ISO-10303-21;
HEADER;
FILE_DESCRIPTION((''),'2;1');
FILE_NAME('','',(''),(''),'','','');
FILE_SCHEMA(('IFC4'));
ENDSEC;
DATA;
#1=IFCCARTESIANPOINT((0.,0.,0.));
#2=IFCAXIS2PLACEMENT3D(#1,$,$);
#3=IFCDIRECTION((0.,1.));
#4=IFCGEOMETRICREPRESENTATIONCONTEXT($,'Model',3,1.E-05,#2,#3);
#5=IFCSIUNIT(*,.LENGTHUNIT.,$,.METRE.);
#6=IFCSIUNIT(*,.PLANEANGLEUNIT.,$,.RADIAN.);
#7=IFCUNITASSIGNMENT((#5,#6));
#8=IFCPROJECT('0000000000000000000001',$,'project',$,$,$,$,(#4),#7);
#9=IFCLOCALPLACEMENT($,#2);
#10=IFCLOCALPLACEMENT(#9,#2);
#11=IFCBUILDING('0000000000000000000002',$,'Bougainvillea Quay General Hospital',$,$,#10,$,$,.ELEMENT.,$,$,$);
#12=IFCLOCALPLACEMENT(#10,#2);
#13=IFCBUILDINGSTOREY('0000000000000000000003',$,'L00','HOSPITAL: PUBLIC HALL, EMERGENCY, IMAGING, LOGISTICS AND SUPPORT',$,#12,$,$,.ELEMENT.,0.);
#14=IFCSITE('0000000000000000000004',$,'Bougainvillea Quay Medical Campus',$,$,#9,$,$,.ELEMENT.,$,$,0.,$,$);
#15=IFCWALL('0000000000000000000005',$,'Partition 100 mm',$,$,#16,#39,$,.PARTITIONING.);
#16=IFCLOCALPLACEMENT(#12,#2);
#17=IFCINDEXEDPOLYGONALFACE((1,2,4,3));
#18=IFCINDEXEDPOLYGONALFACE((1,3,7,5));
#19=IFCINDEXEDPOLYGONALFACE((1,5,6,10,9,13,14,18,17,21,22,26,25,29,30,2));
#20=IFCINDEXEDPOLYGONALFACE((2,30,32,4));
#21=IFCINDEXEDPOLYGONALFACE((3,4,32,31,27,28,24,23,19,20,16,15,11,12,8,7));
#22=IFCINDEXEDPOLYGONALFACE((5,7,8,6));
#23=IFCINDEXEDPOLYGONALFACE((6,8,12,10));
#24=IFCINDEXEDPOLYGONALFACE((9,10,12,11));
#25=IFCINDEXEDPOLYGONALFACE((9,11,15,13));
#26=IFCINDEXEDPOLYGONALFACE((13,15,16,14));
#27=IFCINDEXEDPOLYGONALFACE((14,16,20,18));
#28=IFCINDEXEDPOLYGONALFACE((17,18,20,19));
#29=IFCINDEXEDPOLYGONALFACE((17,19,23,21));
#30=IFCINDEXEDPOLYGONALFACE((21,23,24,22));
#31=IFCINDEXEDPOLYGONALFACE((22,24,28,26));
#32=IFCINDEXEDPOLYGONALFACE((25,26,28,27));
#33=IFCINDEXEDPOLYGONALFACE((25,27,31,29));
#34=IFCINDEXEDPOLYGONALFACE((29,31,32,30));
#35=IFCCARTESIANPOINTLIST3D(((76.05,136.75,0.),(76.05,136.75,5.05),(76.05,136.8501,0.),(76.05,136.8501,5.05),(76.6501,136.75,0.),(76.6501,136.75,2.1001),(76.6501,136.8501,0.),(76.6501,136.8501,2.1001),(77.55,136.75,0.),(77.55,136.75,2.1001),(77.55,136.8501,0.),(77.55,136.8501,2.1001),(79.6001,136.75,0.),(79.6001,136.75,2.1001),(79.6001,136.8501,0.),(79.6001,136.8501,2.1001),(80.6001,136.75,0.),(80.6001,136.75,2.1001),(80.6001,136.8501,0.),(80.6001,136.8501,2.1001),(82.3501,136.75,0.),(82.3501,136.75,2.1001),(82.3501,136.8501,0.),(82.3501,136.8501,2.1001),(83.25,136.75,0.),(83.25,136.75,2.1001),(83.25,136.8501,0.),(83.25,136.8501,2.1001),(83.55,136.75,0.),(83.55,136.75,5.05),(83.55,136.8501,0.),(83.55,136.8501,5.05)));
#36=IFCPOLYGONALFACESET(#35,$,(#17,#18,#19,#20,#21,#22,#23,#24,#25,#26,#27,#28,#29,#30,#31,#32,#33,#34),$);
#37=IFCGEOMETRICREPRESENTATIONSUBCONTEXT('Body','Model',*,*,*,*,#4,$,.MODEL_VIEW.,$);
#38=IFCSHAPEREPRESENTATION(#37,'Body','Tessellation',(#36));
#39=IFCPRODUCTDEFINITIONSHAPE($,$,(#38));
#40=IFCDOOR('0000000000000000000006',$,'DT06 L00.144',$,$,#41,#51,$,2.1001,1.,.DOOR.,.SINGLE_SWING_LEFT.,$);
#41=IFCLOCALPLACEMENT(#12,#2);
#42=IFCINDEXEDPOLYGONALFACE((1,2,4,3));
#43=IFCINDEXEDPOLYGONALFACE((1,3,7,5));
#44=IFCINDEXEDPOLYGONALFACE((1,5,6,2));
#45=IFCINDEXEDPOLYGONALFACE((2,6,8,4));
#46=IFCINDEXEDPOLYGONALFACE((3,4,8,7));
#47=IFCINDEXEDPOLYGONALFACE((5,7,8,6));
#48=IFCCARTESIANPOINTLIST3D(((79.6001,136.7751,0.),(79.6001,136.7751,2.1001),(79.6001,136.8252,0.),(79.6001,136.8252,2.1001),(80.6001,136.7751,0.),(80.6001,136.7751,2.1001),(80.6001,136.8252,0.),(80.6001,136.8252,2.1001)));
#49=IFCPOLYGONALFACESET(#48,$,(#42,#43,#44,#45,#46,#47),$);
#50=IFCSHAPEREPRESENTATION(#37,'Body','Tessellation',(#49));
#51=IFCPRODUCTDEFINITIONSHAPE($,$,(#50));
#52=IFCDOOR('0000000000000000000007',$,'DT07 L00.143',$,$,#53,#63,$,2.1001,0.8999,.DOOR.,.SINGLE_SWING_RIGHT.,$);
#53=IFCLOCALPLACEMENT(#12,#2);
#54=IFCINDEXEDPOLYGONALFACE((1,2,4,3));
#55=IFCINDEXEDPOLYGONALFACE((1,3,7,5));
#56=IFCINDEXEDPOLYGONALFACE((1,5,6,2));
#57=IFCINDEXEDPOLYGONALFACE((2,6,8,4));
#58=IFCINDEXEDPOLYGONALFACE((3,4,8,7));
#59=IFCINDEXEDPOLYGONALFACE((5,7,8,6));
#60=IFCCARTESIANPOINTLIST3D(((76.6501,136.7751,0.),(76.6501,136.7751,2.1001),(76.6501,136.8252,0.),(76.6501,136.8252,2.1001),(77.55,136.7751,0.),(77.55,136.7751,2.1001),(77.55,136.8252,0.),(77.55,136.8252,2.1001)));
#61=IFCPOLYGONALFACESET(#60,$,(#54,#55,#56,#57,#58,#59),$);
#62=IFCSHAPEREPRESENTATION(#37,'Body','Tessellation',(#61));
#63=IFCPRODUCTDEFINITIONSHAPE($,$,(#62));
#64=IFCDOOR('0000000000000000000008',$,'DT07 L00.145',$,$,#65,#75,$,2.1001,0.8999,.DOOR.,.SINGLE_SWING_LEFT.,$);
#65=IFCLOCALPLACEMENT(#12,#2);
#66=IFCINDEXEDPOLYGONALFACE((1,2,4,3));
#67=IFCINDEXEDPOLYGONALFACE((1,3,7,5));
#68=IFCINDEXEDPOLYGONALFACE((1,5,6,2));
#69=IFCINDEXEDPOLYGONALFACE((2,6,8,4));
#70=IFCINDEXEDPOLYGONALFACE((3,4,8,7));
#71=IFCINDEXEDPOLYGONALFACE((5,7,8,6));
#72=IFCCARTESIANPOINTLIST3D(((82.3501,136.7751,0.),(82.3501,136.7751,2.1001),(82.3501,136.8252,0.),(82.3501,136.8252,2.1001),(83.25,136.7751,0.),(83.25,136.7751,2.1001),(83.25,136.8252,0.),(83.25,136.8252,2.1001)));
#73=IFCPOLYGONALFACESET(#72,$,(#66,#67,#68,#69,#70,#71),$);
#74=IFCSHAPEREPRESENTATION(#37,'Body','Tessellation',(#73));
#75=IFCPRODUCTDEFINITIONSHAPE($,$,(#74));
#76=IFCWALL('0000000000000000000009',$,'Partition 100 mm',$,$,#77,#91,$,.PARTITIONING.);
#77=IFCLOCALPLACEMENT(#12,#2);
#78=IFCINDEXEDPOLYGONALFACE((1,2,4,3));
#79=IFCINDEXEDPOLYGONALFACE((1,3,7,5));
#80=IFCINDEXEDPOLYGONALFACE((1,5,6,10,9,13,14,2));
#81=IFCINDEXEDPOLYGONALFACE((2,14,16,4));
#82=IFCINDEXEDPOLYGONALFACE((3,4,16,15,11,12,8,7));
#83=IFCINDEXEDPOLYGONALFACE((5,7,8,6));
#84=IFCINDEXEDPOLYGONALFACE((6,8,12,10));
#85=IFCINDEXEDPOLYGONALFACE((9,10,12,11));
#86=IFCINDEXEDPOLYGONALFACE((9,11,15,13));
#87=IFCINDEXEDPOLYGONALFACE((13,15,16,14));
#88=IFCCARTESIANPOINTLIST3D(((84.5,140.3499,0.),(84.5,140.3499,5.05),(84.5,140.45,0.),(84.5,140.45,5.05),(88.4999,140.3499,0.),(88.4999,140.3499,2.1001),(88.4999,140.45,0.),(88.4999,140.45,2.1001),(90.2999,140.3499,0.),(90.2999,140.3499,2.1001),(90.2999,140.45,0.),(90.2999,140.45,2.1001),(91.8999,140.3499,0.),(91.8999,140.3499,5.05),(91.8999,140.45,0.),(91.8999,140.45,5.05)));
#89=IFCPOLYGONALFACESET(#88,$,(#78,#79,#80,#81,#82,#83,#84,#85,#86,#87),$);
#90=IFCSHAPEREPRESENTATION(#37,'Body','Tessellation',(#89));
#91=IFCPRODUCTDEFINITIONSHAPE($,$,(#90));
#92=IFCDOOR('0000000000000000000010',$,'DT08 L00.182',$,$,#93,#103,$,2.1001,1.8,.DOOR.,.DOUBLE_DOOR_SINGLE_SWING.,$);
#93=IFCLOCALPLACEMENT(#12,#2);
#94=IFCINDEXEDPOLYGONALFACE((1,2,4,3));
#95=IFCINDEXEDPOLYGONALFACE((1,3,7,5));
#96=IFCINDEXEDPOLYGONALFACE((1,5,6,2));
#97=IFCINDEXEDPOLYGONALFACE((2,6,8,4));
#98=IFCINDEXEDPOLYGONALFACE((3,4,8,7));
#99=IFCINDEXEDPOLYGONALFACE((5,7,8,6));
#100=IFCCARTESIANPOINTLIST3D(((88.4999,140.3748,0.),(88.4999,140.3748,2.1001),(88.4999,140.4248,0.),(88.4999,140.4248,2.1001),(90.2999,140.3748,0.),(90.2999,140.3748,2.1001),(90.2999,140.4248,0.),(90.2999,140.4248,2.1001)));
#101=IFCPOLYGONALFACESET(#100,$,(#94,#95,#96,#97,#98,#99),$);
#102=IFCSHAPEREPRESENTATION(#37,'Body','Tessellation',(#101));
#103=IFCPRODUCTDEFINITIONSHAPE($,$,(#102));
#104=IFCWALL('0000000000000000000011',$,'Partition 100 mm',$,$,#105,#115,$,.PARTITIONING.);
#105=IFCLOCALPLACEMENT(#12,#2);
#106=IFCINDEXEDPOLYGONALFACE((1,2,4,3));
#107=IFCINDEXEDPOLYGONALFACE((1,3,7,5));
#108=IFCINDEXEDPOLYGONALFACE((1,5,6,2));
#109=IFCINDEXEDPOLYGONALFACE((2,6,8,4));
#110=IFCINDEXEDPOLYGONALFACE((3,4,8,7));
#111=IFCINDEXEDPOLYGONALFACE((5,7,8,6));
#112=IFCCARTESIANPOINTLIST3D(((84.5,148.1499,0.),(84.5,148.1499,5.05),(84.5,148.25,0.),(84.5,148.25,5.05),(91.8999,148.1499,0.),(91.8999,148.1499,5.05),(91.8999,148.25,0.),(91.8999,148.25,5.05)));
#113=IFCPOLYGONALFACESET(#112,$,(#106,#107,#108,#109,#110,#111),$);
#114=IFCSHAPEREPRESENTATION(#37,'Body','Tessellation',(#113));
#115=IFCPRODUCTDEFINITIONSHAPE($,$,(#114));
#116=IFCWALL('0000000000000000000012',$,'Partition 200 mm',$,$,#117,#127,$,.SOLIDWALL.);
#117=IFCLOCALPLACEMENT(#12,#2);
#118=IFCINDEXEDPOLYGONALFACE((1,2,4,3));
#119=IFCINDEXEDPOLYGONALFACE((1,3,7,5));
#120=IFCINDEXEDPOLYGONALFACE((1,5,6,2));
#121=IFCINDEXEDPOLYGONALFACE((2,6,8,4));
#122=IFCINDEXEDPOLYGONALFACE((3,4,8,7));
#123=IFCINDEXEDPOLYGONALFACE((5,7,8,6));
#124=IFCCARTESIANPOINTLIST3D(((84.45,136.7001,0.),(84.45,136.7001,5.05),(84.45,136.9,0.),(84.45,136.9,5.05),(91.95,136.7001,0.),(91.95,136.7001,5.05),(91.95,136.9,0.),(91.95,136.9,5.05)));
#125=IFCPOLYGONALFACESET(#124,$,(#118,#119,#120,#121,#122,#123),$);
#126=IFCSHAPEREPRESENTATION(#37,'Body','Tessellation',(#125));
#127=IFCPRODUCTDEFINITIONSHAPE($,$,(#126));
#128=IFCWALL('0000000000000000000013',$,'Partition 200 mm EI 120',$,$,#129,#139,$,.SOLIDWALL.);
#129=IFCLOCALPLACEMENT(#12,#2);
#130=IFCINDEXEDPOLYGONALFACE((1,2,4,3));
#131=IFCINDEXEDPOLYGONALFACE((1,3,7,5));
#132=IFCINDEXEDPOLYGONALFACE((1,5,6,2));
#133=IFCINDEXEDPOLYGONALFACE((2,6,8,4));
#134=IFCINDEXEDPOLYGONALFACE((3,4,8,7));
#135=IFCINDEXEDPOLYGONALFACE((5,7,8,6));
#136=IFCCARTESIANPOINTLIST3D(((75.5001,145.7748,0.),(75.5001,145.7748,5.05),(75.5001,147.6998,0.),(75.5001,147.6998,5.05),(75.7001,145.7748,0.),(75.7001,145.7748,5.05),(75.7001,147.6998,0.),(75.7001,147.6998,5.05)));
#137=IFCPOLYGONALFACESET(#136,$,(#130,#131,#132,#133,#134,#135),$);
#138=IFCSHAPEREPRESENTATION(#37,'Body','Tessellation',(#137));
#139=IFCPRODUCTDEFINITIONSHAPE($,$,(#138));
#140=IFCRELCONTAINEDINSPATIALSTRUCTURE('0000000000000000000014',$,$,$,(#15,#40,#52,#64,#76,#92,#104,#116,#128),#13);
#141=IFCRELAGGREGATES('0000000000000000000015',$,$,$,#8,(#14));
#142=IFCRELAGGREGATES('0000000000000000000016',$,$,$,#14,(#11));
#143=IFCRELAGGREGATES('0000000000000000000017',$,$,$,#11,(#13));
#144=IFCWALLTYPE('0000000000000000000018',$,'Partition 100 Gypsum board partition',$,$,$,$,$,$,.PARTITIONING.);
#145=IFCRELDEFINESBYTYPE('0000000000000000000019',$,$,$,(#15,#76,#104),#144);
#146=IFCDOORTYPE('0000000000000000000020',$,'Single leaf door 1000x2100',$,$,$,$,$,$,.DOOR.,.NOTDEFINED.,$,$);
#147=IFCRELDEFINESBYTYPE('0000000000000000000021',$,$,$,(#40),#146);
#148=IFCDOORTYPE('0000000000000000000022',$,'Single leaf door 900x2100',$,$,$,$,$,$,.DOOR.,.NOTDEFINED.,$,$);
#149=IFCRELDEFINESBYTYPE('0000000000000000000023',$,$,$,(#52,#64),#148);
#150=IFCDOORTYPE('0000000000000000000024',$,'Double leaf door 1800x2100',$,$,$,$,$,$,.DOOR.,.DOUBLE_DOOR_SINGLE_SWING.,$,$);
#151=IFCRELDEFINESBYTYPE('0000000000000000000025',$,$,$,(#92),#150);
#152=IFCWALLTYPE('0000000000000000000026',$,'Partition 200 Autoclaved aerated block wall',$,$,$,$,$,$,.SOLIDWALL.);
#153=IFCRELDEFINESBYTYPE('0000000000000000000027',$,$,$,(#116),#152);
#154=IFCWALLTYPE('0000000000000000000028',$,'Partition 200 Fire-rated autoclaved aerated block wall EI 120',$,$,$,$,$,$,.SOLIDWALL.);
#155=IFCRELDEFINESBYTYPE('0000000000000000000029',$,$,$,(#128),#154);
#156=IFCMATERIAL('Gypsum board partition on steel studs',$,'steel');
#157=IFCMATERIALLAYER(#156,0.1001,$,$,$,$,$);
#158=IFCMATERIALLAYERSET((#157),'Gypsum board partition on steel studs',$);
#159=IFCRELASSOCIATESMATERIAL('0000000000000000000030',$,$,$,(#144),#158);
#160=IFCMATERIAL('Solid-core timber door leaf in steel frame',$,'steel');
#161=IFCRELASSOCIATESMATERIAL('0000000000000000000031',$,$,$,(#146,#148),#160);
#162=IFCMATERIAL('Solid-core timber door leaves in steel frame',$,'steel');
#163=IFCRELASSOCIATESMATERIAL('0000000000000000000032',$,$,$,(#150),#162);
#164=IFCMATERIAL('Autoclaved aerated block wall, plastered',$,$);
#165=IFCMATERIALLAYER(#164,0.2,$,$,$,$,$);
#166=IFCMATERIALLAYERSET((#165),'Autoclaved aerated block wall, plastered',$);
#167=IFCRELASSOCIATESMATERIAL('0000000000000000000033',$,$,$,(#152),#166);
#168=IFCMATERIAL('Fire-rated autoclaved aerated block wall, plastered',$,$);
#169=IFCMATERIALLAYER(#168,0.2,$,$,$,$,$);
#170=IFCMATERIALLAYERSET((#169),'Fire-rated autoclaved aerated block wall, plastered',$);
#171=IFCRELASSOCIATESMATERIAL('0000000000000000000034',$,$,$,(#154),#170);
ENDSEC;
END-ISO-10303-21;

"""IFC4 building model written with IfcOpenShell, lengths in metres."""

from ifc_helpers import new_model, si_unit, direction, frame, frame_2d, origin, place, context, subcontext, project, spatial, rectangle, extrude, material, layer, layer_set, type_object, element, fill, save


model = new_model("IFC4")

# Units and contexts
model_context = context("Model", 3, precision=1e-05, world=origin(), true_north=direction((0.0, 1.0)))
body_context = subcontext(model_context, "Body", "Model", "MODEL_VIEW")
ifc_project = project(units=[si_unit("LENGTHUNIT", "METRE"), si_unit("PLANEANGLEUNIT", "RADIAN")], contexts=[model_context])

# Site, building, storey
site_placement = place(None, origin())
site = spatial("IfcSite", under=ifc_project, at=site_placement, Name="Bougainvillea Quay Medical Campus", CompositionType="ELEMENT", RefElevation=0.0)
building_placement = place(site_placement, origin())
building = spatial("IfcBuilding", under=site, at=building_placement, Name="Bougainvillea Quay General Hospital", CompositionType="ELEMENT")
storey_placement = place(building_placement, origin())
storey = spatial("IfcBuildingStorey", under=building, at=storey_placement, Name="L00", Description="HOSPITAL: PUBLIC HALL, EMERGENCY, IMAGING, LOGISTICS AND SUPPORT", CompositionType="ELEMENT", Elevation=0.0)

# Wall, openings, doors
ifc_material_1 = material(Name="Gypsum board partition on steel studs", Category="steel")
ifc_layer_1 = layer(ifc_material_1, 0.1001)
ifc_layer_set_1 = layer_set([ifc_layer_1], Name="Gypsum board partition on steel studs")
wall_type_1 = type_object("IfcWallType", Name="Partition 100 Gypsum board partition", PredefinedType="PARTITIONING", material=ifc_layer_set_1)
wall_1_placement = place(storey_placement, frame((83.55, 136.8, 0.0), z_axis=(0.0, 0.0, 1.0), x_axis=(-1.0, 0.0, 0.0)))
wall_1 = element("IfcWall", 1, at=wall_1_placement, inside=storey, type_object=wall_type_1, Name="Partition 100 mm", PredefinedType="PARTITIONING", context=body_context, shape_type="SweptSolid", body=[
    extrude(rectangle(XDim=7.5, YDim=0.1001, at=frame_2d((3.75, 0.0))), origin(), (0.0, 0.0, 1.0), 5.05),
])
opening_1_placement = place(wall_1_placement, frame((6.0, 0.0, 0.0)))
opening_1 = element("IfcOpeningElement", 2, at=opening_1_placement, cuts=wall_1, PredefinedType="OPENING", context=body_context, shape_type="SweptSolid", body=[
    extrude(rectangle(XDim=0.8999, YDim=2.1001, at=frame_2d((0.45, 1.05))), frame((0.0, 0.0601, 0.0), z_axis=(0.0, -1.0, 0.0), x_axis=(1.0, 0.0, 0.0)), (0.0, 0.0, 1.0), 0.1201),
])
opening_2_placement = place(wall_1_placement, frame((2.95, 0.0, 0.0)))
opening_2 = element("IfcOpeningElement", 3, at=opening_2_placement, cuts=wall_1, PredefinedType="OPENING", context=body_context, shape_type="SweptSolid", body=[
    extrude(rectangle(XDim=1.0, YDim=2.1001, at=frame_2d((0.5, 1.05))), frame((0.0, 0.0601, 0.0), z_axis=(0.0, -1.0, 0.0), x_axis=(1.0, 0.0, 0.0)), (0.0, 0.0, 1.0), 0.1201),
])
opening_3_placement = place(wall_1_placement, frame((0.3, 0.0, 0.0)))
opening_3 = element("IfcOpeningElement", 4, at=opening_3_placement, cuts=wall_1, PredefinedType="OPENING", context=body_context, shape_type="SweptSolid", body=[
    extrude(rectangle(XDim=0.8999, YDim=2.1001, at=frame_2d((0.45, 1.05))), frame((0.0, 0.0601, 0.0), z_axis=(0.0, -1.0, 0.0), x_axis=(1.0, 0.0, 0.0)), (0.0, 0.0, 1.0), 0.1201),
])
ifc_material_2 = material(Name="Solid-core timber door leaf in steel frame", Category="steel")
door_type_1 = type_object("IfcDoorType", Name="Single leaf door 1000x2100", OperationType="NOTDEFINED", PredefinedType="DOOR", material=ifc_material_2)
door_1_placement = place(opening_2_placement, origin())
door_1 = element("IfcDoor", 5, at=door_1_placement, inside=storey, type_object=door_type_1, Name="DT06 L00.144", OperationType="SINGLE_SWING_LEFT", OverallHeight=2.1001, OverallWidth=1.0, PredefinedType="DOOR", context=body_context, shape_type="SweptSolid", body=[
    extrude(rectangle(XDim=1.0, YDim=2.1001, at=frame_2d((0.5, 1.05))), frame((0.0, 0.0249, 0.0), z_axis=(0.0, -1.0, 0.0), x_axis=(1.0, 0.0, 0.0)), (0.0, 0.0, 1.0), 0.05),
])
fill(opening_2, door_1)
door_type_2 = type_object("IfcDoorType", Name="Single leaf door 900x2100", OperationType="NOTDEFINED", PredefinedType="DOOR", material=ifc_material_2)
door_2_placement = place(opening_1_placement, origin())
door_2 = element("IfcDoor", 6, at=door_2_placement, inside=storey, type_object=door_type_2, Name="DT07 L00.143", OperationType="SINGLE_SWING_RIGHT", OverallHeight=2.1001, OverallWidth=0.8999, PredefinedType="DOOR", context=body_context, shape_type="SweptSolid", body=[
    extrude(rectangle(XDim=0.8999, YDim=2.1001, at=frame_2d((0.45, 1.05))), frame((0.0, 0.0249, 0.0), z_axis=(0.0, -1.0, 0.0), x_axis=(1.0, 0.0, 0.0)), (0.0, 0.0, 1.0), 0.05),
])
fill(opening_1, door_2)
door_3_placement = place(opening_3_placement, origin())
door_3 = element("IfcDoor", 7, at=door_3_placement, inside=storey, type_object=door_type_2, Name="DT07 L00.145", OperationType="SINGLE_SWING_LEFT", OverallHeight=2.1001, OverallWidth=0.8999, PredefinedType="DOOR", context=body_context, shape_type="SweptSolid", body=[
    extrude(rectangle(XDim=0.8999, YDim=2.1001, at=frame_2d((0.45, 1.05))), frame((0.0, 0.0249, 0.0), z_axis=(0.0, -1.0, 0.0), x_axis=(1.0, 0.0, 0.0)), (0.0, 0.0, 1.0), 0.05),
])
fill(opening_3, door_3)

# Wall, opening, door
wall_2_placement = place(storey_placement, frame((84.5, 140.3999, 0.0), z_axis=(0.0, 0.0, 1.0), x_axis=(1.0, 0.0, 0.0)))
wall_2 = element("IfcWall", 8, at=wall_2_placement, inside=storey, type_object=wall_type_1, Name="Partition 100 mm", PredefinedType="PARTITIONING", context=body_context, shape_type="SweptSolid", body=[
    extrude(rectangle(XDim=7.3999, YDim=0.1001, at=frame_2d((3.7, 0.0))), origin(), (0.0, 0.0, 1.0), 5.05),
])
opening_4_placement = place(wall_2_placement, frame((4.0, 0.0, 0.0)))
opening_4 = element("IfcOpeningElement", 9, at=opening_4_placement, cuts=wall_2, PredefinedType="OPENING", context=body_context, shape_type="SweptSolid", body=[
    extrude(rectangle(XDim=1.8, YDim=2.1001, at=frame_2d((0.8999, 1.05))), frame((0.0, 0.0601, 0.0), z_axis=(0.0, -1.0, 0.0), x_axis=(1.0, 0.0, 0.0)), (0.0, 0.0, 1.0), 0.1201),
])
ifc_material_3 = material(Name="Solid-core timber door leaves in steel frame", Category="steel")
door_type_3 = type_object("IfcDoorType", Name="Double leaf door 1800x2100", OperationType="DOUBLE_DOOR_SINGLE_SWING", PredefinedType="DOOR", material=ifc_material_3)
door_4_placement = place(opening_4_placement, origin())
door_4 = element("IfcDoor", 10, at=door_4_placement, inside=storey, type_object=door_type_3, Name="DT08 L00.182", OperationType="DOUBLE_DOOR_SINGLE_SWING", OverallHeight=2.1001, OverallWidth=1.8, PredefinedType="DOOR", context=body_context, shape_type="SweptSolid", body=[
    extrude(rectangle(XDim=1.8, YDim=2.1001, at=frame_2d((0.8999, 1.05))), frame((0.0, 0.0249, 0.0), z_axis=(0.0, -1.0, 0.0), x_axis=(1.0, 0.0, 0.0)), (0.0, 0.0, 1.0), 0.05),
])
fill(opening_4, door_4)

# Walls
wall_3_placement = place(storey_placement, frame((84.5, 148.2, 0.0), z_axis=(0.0, 0.0, 1.0), x_axis=(1.0, 0.0, 0.0)))
element("IfcWall", 11, at=wall_3_placement, inside=storey, type_object=wall_type_1, Name="Partition 100 mm", PredefinedType="PARTITIONING", context=body_context, shape_type="SweptSolid", body=[
    extrude(rectangle(XDim=7.3999, YDim=0.1001, at=frame_2d((3.7, 0.0))), origin(), (0.0, 0.0, 1.0), 5.05),
])
ifc_material_4 = material(Name="Autoclaved aerated block wall, plastered")
ifc_layer_2 = layer(ifc_material_4, 0.2)
ifc_layer_set_2 = layer_set([ifc_layer_2], Name="Autoclaved aerated block wall, plastered")
wall_type_2 = type_object("IfcWallType", Name="Partition 200 Autoclaved aerated block wall", PredefinedType="SOLIDWALL", material=ifc_layer_set_2)
wall_4_placement = place(storey_placement, frame((84.45, 136.8, 0.0), z_axis=(0.0, 0.0, 1.0), x_axis=(1.0, 0.0, 0.0)))
element("IfcWall", 12, at=wall_4_placement, inside=storey, type_object=wall_type_2, Name="Partition 200 mm", PredefinedType="SOLIDWALL", context=body_context, shape_type="SweptSolid", body=[
    extrude(rectangle(XDim=7.5, YDim=0.2, at=frame_2d((3.75, 0.0))), origin(), (0.0, 0.0, 1.0), 5.05),
])
ifc_material_5 = material(Name="Fire-rated autoclaved aerated block wall, plastered")
ifc_layer_3 = layer(ifc_material_5, 0.2)
ifc_layer_set_3 = layer_set([ifc_layer_3], Name="Fire-rated autoclaved aerated block wall, plastered")
wall_type_3 = type_object("IfcWallType", Name="Partition 200 Fire-rated autoclaved aerated block wall EI 120", PredefinedType="SOLIDWALL", material=ifc_layer_set_3)
wall_5_placement = place(storey_placement, frame((75.6001, 145.7749, 0.0), z_axis=(0.0, 0.0, 1.0), x_axis=(0.0, 1.0, 0.0)))
element("IfcWall", 13, at=wall_5_placement, inside=storey, type_object=wall_type_3, Name="Partition 200 mm EI 120", PredefinedType="SOLIDWALL", context=body_context, shape_type="SweptSolid", body=[
    extrude(rectangle(XDim=1.925, YDim=0.2, at=frame_2d((0.9624, 0.0))), origin(), (0.0, 0.0, 1.0), 5.05),
])

save(model, "model.ifc")
